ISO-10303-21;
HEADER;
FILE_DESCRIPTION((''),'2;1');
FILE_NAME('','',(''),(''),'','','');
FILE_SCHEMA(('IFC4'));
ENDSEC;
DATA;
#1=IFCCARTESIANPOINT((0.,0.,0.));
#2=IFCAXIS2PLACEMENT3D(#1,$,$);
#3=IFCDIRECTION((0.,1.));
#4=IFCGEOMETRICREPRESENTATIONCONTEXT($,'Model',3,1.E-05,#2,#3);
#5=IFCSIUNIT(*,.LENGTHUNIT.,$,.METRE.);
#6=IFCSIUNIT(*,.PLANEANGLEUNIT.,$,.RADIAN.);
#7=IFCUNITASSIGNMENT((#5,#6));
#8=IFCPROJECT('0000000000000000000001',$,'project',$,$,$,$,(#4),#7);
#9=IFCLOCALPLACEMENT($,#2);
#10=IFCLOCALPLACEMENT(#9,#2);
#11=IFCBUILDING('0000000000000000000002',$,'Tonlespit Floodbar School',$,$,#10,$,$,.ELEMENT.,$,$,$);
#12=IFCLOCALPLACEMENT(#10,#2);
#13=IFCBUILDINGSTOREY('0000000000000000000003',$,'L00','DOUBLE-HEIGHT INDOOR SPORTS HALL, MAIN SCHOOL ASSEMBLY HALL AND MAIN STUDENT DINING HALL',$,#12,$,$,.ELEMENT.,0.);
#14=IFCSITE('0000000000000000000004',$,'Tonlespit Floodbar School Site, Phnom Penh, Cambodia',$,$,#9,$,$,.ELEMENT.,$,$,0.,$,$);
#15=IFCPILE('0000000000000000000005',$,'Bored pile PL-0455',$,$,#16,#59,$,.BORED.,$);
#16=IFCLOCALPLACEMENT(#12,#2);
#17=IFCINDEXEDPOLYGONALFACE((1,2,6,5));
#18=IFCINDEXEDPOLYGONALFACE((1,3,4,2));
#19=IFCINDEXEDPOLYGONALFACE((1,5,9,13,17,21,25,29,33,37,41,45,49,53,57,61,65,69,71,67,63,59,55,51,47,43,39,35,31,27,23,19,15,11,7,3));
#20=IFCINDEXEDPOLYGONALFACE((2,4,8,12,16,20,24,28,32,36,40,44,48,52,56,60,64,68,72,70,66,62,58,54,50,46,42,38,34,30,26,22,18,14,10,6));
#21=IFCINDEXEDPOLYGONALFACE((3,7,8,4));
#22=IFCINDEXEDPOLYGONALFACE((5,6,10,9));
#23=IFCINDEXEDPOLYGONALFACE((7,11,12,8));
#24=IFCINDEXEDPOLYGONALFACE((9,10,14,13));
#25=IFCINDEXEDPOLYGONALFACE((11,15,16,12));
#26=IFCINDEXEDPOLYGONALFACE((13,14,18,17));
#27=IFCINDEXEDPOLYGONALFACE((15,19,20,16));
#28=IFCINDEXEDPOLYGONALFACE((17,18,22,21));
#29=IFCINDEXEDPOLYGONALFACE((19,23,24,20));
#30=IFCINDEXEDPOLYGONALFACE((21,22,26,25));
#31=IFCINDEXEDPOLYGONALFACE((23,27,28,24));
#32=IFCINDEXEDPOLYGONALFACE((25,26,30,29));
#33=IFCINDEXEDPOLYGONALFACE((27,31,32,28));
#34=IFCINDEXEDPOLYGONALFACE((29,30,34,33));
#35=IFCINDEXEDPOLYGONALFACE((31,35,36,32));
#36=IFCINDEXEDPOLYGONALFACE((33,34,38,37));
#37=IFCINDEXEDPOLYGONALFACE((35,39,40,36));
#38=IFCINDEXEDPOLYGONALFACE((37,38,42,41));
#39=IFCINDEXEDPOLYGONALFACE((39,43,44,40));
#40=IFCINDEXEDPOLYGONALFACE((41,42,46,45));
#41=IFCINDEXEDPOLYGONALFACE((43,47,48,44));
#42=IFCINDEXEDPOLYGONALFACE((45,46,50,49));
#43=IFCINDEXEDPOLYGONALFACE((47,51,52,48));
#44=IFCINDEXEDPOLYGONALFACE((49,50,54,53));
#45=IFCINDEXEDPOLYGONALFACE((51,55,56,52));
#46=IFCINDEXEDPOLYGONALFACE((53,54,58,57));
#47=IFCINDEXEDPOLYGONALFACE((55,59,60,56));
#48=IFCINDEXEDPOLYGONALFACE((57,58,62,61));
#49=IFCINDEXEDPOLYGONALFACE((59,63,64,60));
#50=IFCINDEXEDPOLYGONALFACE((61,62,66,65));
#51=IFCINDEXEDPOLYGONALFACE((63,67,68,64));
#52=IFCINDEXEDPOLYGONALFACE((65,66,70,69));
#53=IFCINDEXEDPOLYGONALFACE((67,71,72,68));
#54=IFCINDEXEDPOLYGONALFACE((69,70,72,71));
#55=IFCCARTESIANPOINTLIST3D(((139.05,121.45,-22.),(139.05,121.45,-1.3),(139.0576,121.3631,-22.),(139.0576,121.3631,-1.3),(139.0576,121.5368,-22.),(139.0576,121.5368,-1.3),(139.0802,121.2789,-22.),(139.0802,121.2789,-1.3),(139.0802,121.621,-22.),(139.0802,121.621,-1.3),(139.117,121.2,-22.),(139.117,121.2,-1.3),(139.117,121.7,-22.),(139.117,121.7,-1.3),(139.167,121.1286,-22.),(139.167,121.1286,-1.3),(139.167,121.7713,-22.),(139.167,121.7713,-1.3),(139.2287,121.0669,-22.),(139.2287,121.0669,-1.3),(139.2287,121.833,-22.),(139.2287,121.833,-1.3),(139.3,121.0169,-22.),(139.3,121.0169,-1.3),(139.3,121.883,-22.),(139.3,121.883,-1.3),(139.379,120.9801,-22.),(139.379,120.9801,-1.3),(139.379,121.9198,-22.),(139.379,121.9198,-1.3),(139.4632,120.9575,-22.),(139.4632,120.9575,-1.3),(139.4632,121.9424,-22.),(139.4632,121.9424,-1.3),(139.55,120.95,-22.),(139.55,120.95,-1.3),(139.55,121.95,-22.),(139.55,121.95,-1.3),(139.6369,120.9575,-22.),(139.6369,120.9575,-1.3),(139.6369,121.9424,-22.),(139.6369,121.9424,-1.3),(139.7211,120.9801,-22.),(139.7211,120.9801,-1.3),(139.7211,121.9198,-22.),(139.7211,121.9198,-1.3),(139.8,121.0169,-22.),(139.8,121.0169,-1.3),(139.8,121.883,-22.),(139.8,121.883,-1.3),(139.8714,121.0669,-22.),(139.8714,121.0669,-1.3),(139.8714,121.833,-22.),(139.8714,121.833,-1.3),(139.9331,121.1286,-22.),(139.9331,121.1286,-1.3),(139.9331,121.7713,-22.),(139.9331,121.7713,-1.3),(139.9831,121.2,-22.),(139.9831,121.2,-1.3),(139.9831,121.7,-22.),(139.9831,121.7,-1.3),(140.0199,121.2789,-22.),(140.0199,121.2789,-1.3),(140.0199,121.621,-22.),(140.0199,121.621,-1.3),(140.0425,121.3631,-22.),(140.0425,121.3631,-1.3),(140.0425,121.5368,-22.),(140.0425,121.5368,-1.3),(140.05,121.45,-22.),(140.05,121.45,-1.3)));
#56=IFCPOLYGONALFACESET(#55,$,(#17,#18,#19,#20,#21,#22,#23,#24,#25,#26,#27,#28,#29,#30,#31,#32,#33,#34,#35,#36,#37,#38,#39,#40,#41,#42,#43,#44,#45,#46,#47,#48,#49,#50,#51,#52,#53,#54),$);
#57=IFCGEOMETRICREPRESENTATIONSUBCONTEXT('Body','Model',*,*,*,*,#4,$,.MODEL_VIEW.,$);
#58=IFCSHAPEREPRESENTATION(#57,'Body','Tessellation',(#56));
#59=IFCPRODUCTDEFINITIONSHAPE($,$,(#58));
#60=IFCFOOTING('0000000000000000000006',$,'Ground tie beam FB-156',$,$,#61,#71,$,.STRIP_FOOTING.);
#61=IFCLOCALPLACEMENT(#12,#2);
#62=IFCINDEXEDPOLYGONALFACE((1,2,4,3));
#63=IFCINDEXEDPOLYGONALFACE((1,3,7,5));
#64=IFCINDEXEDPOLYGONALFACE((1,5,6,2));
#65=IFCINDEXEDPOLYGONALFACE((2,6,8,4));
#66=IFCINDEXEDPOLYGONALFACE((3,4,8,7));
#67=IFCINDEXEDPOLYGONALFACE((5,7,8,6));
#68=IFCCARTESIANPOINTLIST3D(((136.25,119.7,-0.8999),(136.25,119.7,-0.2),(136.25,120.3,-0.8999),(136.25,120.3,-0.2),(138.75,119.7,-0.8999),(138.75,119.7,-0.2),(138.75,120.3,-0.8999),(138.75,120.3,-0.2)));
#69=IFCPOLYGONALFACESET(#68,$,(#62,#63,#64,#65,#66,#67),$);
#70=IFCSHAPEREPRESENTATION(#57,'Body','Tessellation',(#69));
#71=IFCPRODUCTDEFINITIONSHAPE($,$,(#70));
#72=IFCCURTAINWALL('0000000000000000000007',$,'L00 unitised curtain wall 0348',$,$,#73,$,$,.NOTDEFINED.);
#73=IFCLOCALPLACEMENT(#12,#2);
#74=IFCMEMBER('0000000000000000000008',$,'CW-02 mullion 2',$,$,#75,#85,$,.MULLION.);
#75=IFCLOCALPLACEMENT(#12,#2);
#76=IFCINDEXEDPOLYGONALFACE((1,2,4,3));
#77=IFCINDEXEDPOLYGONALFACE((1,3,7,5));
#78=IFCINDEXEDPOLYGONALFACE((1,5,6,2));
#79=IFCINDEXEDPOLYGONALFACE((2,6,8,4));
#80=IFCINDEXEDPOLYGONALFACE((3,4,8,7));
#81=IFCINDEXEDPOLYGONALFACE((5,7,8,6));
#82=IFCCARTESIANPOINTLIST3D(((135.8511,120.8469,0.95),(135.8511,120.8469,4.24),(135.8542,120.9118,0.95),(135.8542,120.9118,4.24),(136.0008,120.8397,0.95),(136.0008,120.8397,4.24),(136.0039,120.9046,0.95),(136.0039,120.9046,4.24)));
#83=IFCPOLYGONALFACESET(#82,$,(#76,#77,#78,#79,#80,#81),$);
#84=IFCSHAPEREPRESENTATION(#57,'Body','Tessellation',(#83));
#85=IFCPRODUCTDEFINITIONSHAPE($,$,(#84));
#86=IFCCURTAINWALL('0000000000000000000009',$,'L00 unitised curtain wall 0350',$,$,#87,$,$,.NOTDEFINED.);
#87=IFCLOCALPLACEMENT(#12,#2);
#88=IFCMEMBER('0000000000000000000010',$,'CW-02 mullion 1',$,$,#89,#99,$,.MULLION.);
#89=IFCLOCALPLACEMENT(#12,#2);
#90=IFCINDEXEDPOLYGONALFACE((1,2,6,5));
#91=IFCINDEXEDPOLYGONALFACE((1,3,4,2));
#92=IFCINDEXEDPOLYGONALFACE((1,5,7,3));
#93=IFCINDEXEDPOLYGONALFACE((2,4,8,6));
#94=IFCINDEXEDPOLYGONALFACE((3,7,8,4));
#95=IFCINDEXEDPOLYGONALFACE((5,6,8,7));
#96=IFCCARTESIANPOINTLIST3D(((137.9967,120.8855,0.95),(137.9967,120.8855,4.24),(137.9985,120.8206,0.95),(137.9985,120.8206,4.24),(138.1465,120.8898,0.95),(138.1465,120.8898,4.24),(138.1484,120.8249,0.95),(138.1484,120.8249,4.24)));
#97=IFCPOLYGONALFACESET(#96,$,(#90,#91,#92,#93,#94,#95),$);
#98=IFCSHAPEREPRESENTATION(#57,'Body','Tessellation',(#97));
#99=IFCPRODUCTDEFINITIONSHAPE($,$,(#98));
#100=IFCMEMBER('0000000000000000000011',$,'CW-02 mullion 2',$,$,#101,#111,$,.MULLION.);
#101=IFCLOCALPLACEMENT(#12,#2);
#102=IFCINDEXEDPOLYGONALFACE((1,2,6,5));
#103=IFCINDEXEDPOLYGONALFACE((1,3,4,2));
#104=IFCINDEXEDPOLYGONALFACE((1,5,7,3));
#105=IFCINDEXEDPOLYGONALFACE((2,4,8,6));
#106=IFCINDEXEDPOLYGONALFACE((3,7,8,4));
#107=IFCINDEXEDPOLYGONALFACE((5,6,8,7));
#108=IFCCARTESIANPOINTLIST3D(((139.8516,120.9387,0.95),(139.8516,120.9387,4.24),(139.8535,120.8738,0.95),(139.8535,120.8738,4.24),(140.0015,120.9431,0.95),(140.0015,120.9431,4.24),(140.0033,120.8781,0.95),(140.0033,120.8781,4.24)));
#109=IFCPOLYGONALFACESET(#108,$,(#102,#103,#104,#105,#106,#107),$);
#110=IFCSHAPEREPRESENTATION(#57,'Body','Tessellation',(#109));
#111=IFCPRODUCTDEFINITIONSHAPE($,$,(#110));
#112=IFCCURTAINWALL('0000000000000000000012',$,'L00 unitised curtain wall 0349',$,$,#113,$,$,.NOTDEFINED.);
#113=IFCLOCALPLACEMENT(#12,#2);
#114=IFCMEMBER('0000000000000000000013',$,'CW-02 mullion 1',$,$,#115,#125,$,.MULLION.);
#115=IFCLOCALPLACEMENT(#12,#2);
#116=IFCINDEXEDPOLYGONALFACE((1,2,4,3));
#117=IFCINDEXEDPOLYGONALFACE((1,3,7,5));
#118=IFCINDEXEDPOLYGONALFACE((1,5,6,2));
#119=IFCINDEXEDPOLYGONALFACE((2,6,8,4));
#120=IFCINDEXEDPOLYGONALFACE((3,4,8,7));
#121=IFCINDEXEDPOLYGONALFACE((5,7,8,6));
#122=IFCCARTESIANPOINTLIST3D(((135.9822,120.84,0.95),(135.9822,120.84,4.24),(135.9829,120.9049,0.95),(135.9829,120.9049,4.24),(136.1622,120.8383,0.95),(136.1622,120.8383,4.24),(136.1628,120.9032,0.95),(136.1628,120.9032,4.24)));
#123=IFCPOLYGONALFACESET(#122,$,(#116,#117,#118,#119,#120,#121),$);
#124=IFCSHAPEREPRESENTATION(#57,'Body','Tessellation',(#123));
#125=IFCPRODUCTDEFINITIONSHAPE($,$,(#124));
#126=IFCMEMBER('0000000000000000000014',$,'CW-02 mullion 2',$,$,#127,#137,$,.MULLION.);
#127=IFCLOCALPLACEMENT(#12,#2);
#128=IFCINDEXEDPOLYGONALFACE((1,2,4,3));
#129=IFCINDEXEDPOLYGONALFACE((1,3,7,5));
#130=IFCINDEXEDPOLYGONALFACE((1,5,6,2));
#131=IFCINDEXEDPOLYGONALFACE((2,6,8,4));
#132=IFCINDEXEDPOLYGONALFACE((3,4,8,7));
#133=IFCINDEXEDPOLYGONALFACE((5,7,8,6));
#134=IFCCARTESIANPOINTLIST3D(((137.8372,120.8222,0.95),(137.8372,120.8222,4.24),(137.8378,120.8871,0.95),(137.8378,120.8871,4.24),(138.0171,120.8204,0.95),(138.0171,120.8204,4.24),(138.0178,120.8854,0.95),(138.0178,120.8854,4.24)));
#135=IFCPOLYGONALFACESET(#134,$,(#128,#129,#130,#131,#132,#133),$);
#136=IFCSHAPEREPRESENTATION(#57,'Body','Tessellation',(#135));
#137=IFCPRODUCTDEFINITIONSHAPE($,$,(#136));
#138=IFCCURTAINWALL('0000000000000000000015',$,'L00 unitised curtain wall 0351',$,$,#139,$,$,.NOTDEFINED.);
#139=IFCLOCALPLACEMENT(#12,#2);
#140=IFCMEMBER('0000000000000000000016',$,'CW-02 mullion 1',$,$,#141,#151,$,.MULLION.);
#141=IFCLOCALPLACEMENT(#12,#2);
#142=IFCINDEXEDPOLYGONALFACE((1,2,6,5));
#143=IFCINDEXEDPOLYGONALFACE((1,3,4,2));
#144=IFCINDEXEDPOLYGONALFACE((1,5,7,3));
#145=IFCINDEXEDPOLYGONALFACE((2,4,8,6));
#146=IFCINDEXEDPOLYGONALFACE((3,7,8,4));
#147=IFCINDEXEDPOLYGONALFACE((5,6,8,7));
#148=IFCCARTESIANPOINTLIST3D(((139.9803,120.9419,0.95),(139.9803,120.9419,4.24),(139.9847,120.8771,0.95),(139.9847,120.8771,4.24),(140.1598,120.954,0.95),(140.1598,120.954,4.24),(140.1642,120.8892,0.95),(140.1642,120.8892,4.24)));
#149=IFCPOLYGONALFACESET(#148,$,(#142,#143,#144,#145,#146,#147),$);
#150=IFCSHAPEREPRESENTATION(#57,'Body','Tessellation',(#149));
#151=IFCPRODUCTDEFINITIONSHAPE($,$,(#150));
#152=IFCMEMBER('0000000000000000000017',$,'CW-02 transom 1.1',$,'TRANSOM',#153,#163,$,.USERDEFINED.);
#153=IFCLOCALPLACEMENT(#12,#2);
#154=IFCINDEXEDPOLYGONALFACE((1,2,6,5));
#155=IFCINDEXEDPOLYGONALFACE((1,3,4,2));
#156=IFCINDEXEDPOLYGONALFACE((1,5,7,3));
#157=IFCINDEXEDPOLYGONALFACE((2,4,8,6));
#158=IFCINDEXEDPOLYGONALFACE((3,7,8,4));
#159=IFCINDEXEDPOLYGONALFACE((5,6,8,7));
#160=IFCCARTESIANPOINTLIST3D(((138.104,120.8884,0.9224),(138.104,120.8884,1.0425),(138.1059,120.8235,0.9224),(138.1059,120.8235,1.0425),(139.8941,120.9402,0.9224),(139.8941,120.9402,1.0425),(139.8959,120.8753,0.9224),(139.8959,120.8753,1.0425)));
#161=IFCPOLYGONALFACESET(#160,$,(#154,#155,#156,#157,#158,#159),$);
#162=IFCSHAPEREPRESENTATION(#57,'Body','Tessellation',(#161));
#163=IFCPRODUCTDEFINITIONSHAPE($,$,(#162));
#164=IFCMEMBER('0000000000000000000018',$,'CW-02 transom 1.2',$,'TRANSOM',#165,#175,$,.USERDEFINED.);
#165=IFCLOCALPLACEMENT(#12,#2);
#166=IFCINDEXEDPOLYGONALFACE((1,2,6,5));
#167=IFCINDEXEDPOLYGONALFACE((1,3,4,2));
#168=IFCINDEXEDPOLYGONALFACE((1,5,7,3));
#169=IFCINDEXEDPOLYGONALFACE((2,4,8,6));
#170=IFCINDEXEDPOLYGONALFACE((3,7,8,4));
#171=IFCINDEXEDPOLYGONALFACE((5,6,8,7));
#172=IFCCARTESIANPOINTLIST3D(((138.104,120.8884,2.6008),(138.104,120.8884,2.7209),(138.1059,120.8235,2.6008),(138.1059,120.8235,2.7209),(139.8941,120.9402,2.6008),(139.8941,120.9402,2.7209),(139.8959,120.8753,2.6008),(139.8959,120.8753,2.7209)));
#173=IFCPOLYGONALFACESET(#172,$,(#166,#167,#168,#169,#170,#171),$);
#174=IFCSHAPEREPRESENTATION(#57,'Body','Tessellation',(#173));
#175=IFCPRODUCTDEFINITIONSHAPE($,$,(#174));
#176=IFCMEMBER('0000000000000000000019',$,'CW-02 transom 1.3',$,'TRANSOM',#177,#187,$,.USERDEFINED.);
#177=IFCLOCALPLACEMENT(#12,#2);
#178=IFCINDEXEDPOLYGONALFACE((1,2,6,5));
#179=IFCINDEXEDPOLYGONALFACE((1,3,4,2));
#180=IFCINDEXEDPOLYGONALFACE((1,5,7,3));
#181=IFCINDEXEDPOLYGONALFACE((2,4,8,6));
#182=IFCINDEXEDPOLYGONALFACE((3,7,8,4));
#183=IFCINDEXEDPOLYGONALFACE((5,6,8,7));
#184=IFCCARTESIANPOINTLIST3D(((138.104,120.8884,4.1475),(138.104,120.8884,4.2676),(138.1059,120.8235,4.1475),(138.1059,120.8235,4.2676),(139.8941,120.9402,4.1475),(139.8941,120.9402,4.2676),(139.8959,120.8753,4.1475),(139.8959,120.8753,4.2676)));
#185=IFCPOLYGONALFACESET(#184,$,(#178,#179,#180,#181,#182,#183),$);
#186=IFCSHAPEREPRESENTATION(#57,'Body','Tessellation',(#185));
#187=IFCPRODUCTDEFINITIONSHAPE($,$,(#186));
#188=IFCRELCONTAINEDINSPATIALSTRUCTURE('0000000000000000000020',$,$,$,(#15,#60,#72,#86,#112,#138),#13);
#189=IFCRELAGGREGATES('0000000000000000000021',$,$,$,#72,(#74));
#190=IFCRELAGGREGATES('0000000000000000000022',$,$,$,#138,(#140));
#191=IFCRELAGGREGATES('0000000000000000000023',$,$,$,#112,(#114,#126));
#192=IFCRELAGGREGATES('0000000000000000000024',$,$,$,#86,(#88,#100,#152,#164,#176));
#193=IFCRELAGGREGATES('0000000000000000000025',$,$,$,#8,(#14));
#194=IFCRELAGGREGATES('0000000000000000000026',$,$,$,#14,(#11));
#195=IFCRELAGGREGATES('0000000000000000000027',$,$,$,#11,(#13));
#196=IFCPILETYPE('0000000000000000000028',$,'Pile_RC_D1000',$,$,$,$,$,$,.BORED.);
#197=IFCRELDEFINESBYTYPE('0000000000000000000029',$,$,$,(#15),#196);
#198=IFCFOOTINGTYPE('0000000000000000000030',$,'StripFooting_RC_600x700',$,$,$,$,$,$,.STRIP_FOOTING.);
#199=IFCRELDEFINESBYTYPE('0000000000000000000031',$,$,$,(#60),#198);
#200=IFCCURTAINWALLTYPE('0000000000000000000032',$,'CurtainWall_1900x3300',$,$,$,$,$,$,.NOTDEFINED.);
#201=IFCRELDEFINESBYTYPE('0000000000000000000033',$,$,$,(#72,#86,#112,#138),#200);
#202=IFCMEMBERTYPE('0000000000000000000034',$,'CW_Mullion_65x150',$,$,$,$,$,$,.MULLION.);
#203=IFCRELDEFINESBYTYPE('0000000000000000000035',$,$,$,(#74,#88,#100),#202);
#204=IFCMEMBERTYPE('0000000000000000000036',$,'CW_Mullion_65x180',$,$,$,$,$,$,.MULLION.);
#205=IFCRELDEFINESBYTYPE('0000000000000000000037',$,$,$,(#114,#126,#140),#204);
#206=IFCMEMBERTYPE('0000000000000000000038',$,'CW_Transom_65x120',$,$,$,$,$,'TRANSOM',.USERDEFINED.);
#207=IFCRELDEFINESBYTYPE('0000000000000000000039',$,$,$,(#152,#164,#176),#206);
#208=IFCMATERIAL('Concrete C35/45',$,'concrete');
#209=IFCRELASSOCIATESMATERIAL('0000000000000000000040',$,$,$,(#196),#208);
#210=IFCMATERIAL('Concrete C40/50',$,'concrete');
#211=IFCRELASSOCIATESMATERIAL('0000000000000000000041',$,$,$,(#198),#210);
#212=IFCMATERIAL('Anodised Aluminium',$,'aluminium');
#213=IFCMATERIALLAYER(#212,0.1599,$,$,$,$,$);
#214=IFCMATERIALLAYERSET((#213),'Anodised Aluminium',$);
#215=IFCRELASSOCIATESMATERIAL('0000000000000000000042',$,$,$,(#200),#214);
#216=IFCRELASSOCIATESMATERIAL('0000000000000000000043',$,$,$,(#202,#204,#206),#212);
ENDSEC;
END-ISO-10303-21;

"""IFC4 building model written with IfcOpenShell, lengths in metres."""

from ifc_helpers import new_model, si_unit, direction, frame, origin, origin_2d, place, context, subcontext, project, spatial, rectangle, circle, extrude, material, layer, layer_set, material_profile, profile_set, type_object, element, aggregate, save


model = new_model("IFC4")

# Units and contexts
model_context = context("Model", 3, precision=1e-05, world=origin(), true_north=direction((0.0, 1.0)))
body_context = subcontext(model_context, "Body", "Model", "MODEL_VIEW")
ifc_project = project(units=[si_unit("LENGTHUNIT", "METRE"), si_unit("PLANEANGLEUNIT", "RADIAN")], contexts=[model_context])

# Site, building, storey
site_placement = place(None, origin())
site = spatial("IfcSite", under=ifc_project, at=site_placement, Name="Tonlespit Floodbar School Site, Phnom Penh, Cambodia", CompositionType="ELEMENT", RefElevation=0.0)
building_placement = place(site_placement, origin())
building = spatial("IfcBuilding", under=site, at=building_placement, Name="Tonlespit Floodbar School", CompositionType="ELEMENT")
storey_placement = place(building_placement, origin())
storey = spatial("IfcBuildingStorey", under=building, at=storey_placement, Name="L00", Description="DOUBLE-HEIGHT INDOOR SPORTS HALL, MAIN SCHOOL ASSEMBLY HALL AND MAIN STUDENT DINING HALL", CompositionType="ELEMENT", Elevation=0.0)

# Pile
ifc_material_1 = material(Name="Concrete C35/45", Category="concrete")
ifc_material_profile_1 = material_profile(ifc_material_1, circle(Radius=0.5, at=origin_2d()), Name="BP D1000")
ifc_profile_set_1 = profile_set([ifc_material_profile_1], Name="Concrete C35/45")
pile_type = type_object("IfcPileType", Name="Pile_RC_D1000", PredefinedType="BORED", material=ifc_profile_set_1)
pile_placement = place(storey_placement, frame((139.55, 121.45, -1.3), z_axis=(0.0, 0.0, -1.0), x_axis=(1.0, 0.0, 0.0)))
element("IfcPile", 1, at=pile_placement, inside=storey, type_object=pile_type, Name="Bored pile PL-0455", PredefinedType="BORED", context=body_context, shape_type="SweptSolid", body=[
    extrude(circle(Radius=0.5, at=origin_2d()), origin(), (0.0, 0.0, 1.0), 20.7),
])

# Footing
ifc_material_2 = material(Name="Concrete C40/50", Category="concrete")
footing_type = type_object("IfcFootingType", Name="StripFooting_RC_600x700", PredefinedType="STRIP_FOOTING", material=ifc_material_2)
footing_placement = place(storey_placement, frame((137.5, 120.0, -0.8999), z_axis=(0.0, 0.0, 1.0), x_axis=(1.0, 0.0, 0.0)))
element("IfcFooting", 2, at=footing_placement, inside=storey, type_object=footing_type, Name="Ground tie beam FB-156", PredefinedType="STRIP_FOOTING", context=body_context, shape_type="SweptSolid", body=[
    extrude(rectangle(XDim=2.5, YDim=0.6001, at=origin_2d()), origin(), (0.0, 0.0, 1.0), 0.7),
])

# Curtain wall, member
ifc_material_3 = material(Name="Anodised Aluminium", Category="aluminium")
ifc_layer_1 = layer(ifc_material_3, 0.1599)
ifc_layer_set_1 = layer_set([ifc_layer_1], Name="Anodised Aluminium")
curtain_wall_type = type_object("IfcCurtainWallType", Name="CurtainWall_1900x3300", PredefinedType="NOTDEFINED", material=ifc_layer_set_1)
curtain_wall_1_placement = place(storey_placement, origin())
curtain_wall_1 = element("IfcCurtainWall", 3, at=curtain_wall_1_placement, inside=storey, type_object=curtain_wall_type, Name="L00 unitised curtain wall 0348", PredefinedType="NOTDEFINED")
ifc_material_profile_2 = material_profile(ifc_material_3, rectangle(XDim=0.0649, YDim=0.1499, at=origin_2d()), Name="ALU M65x150")
ifc_profile_set_2 = profile_set([ifc_material_profile_2], Name="Anodised Aluminium")
member_type_1 = type_object("IfcMemberType", Name="CW_Mullion_65x150", PredefinedType="MULLION", material=ifc_profile_set_2)
member_1_placement = place(storey_placement, frame((135.9275, 120.8757, 0.95), z_axis=(0.0, 0.0, 1.0), x_axis=(0.048121, 0.998842, 0.0)))
member_1 = element("IfcMember", 4, at=member_1_placement, type_object=member_type_1, Name="CW-02 mullion 2", PredefinedType="MULLION", context=body_context, shape_type="SweptSolid", body=[
    extrude(rectangle(XDim=0.0649, YDim=0.1499, at=origin_2d()), origin(), (0.0, 0.0, 1.0), 3.29),
])
aggregate(curtain_wall_1, [member_1])

# Curtain walls, members
curtain_wall_2_placement = place(storey_placement, origin())
curtain_wall_2 = element("IfcCurtainWall", 5, at=curtain_wall_2_placement, inside=storey, type_object=curtain_wall_type, Name="L00 unitised curtain wall 0350", PredefinedType="NOTDEFINED")
member_2_placement = place(storey_placement, frame((138.0725, 120.8552, 0.95), z_axis=(0.0, 0.0, 1.0), x_axis=(-0.02879, 0.999585, 0.0)))
member_2 = element("IfcMember", 6, at=member_2_placement, type_object=member_type_1, Name="CW-02 mullion 1", PredefinedType="MULLION", context=body_context, shape_type="SweptSolid", body=[
    extrude(rectangle(XDim=0.0649, YDim=0.1499, at=origin_2d()), origin(), (0.0, 0.0, 1.0), 3.29),
])
member_3_placement = place(storey_placement, frame((139.9275, 120.9084, 0.95), z_axis=(0.0, 0.0, 1.0), x_axis=(-0.02879, 0.999585, 0.0)))
member_3 = element("IfcMember", 7, at=member_3_placement, type_object=member_type_1, Name="CW-02 mullion 2", PredefinedType="MULLION", context=body_context, shape_type="SweptSolid", body=[
    extrude(rectangle(XDim=0.0649, YDim=0.1499, at=origin_2d()), origin(), (0.0, 0.0, 1.0), 3.29),
])
curtain_wall_3_placement = place(storey_placement, origin())
curtain_wall_3 = element("IfcCurtainWall", 8, at=curtain_wall_3_placement, inside=storey, type_object=curtain_wall_type, Name="L00 unitised curtain wall 0349", PredefinedType="NOTDEFINED")
ifc_material_profile_3 = material_profile(ifc_material_3, rectangle(XDim=0.0649, YDim=0.1799, at=origin_2d()), Name="ALU M65x180")
ifc_profile_set_3 = profile_set([ifc_material_profile_3], Name="Anodised Aluminium")
member_type_2 = type_object("IfcMemberType", Name="CW_Mullion_65x180", PredefinedType="MULLION", material=ifc_profile_set_3)
member_4_placement = place(storey_placement, frame((136.0725, 120.8716, 0.95), z_axis=(0.0, 0.0, 1.0), x_axis=(0.009583, 0.999954, 0.0)))
member_4 = element("IfcMember", 9, at=member_4_placement, type_object=member_type_2, Name="CW-02 mullion 1", PredefinedType="MULLION", context=body_context, shape_type="SweptSolid", body=[
    extrude(rectangle(XDim=0.0649, YDim=0.1799, at=origin_2d()), origin(), (0.0, 0.0, 1.0), 3.29),
])
member_5_placement = place(storey_placement, frame((137.9275, 120.8538, 0.95), z_axis=(0.0, 0.0, 1.0), x_axis=(0.009583, 0.999954, 0.0)))
member_5 = element("IfcMember", 10, at=member_5_placement, type_object=member_type_2, Name="CW-02 mullion 2", PredefinedType="MULLION", context=body_context, shape_type="SweptSolid", body=[
    extrude(rectangle(XDim=0.0649, YDim=0.1799, at=origin_2d()), origin(), (0.0, 0.0, 1.0), 3.29),
])

# Curtain wall, member
curtain_wall_4_placement = place(storey_placement, origin())
curtain_wall_4 = element("IfcCurtainWall", 11, at=curtain_wall_4_placement, inside=storey, type_object=curtain_wall_type, Name="L00 unitised curtain wall 0351", PredefinedType="NOTDEFINED")
member_6_placement = place(storey_placement, frame((140.0723, 120.9155, 0.95), z_axis=(0.0, 0.0, 1.0), x_axis=(-0.06734, 0.99773, 0.0)))
member_6 = element("IfcMember", 12, at=member_6_placement, type_object=member_type_2, Name="CW-02 mullion 1", PredefinedType="MULLION", context=body_context, shape_type="SweptSolid", body=[
    extrude(rectangle(XDim=0.0649, YDim=0.1799, at=origin_2d()), origin(), (0.0, 0.0, 1.0), 3.29),
])

# Members
ifc_material_profile_4 = material_profile(ifc_material_3, rectangle(XDim=0.0649, YDim=0.1201, at=origin_2d()), Name="ALU T65x120")
ifc_profile_set_4 = profile_set([ifc_material_profile_4], Name="Anodised Aluminium")
member_type_3 = type_object("IfcMemberType", Name="CW_Transom_65x120", ElementType="TRANSOM", PredefinedType="USERDEFINED", material=ifc_profile_set_4)
member_7_placement = place(storey_placement, frame((138.105, 120.856, 0.9824), z_axis=(0.999582, 0.028902, 0.0), x_axis=(-0.028902, 0.999582, 0.0)))
member_7 = element("IfcMember", 13, at=member_7_placement, type_object=member_type_3, Name="CW-02 transom 1.1", ObjectType="TRANSOM", PredefinedType="USERDEFINED", context=body_context, shape_type="SweptSolid", body=[
    extrude(rectangle(XDim=0.0649, YDim=0.1201, at=origin_2d()), origin(), (0.0, 0.0, 1.0), 1.7908),
])
member_8_placement = place(storey_placement, frame((138.105, 120.856, 2.6609), z_axis=(0.999582, 0.028902, 0.0), x_axis=(-0.028902, 0.999582, 0.0)))
member_8 = element("IfcMember", 14, at=member_8_placement, type_object=member_type_3, Name="CW-02 transom 1.2", ObjectType="TRANSOM", PredefinedType="USERDEFINED", context=body_context, shape_type="SweptSolid", body=[
    extrude(rectangle(XDim=0.0649, YDim=0.1201, at=origin_2d()), origin(), (0.0, 0.0, 1.0), 1.7908),
])
member_9_placement = place(storey_placement, frame((138.105, 120.856, 4.2075), z_axis=(0.999582, 0.028902, 0.0), x_axis=(-0.028902, 0.999582, 0.0)))
member_9 = element("IfcMember", 15, at=member_9_placement, type_object=member_type_3, Name="CW-02 transom 1.3", ObjectType="TRANSOM", PredefinedType="USERDEFINED", context=body_context, shape_type="SweptSolid", body=[
    extrude(rectangle(XDim=0.0649, YDim=0.1201, at=origin_2d()), origin(), (0.0, 0.0, 1.0), 1.7908),
])
aggregate(curtain_wall_4, [member_6])

aggregate(curtain_wall_3, [member_4, member_5])
aggregate(curtain_wall_2, [member_2, member_3, member_7, member_8, member_9])

save(model, "model.ifc")
